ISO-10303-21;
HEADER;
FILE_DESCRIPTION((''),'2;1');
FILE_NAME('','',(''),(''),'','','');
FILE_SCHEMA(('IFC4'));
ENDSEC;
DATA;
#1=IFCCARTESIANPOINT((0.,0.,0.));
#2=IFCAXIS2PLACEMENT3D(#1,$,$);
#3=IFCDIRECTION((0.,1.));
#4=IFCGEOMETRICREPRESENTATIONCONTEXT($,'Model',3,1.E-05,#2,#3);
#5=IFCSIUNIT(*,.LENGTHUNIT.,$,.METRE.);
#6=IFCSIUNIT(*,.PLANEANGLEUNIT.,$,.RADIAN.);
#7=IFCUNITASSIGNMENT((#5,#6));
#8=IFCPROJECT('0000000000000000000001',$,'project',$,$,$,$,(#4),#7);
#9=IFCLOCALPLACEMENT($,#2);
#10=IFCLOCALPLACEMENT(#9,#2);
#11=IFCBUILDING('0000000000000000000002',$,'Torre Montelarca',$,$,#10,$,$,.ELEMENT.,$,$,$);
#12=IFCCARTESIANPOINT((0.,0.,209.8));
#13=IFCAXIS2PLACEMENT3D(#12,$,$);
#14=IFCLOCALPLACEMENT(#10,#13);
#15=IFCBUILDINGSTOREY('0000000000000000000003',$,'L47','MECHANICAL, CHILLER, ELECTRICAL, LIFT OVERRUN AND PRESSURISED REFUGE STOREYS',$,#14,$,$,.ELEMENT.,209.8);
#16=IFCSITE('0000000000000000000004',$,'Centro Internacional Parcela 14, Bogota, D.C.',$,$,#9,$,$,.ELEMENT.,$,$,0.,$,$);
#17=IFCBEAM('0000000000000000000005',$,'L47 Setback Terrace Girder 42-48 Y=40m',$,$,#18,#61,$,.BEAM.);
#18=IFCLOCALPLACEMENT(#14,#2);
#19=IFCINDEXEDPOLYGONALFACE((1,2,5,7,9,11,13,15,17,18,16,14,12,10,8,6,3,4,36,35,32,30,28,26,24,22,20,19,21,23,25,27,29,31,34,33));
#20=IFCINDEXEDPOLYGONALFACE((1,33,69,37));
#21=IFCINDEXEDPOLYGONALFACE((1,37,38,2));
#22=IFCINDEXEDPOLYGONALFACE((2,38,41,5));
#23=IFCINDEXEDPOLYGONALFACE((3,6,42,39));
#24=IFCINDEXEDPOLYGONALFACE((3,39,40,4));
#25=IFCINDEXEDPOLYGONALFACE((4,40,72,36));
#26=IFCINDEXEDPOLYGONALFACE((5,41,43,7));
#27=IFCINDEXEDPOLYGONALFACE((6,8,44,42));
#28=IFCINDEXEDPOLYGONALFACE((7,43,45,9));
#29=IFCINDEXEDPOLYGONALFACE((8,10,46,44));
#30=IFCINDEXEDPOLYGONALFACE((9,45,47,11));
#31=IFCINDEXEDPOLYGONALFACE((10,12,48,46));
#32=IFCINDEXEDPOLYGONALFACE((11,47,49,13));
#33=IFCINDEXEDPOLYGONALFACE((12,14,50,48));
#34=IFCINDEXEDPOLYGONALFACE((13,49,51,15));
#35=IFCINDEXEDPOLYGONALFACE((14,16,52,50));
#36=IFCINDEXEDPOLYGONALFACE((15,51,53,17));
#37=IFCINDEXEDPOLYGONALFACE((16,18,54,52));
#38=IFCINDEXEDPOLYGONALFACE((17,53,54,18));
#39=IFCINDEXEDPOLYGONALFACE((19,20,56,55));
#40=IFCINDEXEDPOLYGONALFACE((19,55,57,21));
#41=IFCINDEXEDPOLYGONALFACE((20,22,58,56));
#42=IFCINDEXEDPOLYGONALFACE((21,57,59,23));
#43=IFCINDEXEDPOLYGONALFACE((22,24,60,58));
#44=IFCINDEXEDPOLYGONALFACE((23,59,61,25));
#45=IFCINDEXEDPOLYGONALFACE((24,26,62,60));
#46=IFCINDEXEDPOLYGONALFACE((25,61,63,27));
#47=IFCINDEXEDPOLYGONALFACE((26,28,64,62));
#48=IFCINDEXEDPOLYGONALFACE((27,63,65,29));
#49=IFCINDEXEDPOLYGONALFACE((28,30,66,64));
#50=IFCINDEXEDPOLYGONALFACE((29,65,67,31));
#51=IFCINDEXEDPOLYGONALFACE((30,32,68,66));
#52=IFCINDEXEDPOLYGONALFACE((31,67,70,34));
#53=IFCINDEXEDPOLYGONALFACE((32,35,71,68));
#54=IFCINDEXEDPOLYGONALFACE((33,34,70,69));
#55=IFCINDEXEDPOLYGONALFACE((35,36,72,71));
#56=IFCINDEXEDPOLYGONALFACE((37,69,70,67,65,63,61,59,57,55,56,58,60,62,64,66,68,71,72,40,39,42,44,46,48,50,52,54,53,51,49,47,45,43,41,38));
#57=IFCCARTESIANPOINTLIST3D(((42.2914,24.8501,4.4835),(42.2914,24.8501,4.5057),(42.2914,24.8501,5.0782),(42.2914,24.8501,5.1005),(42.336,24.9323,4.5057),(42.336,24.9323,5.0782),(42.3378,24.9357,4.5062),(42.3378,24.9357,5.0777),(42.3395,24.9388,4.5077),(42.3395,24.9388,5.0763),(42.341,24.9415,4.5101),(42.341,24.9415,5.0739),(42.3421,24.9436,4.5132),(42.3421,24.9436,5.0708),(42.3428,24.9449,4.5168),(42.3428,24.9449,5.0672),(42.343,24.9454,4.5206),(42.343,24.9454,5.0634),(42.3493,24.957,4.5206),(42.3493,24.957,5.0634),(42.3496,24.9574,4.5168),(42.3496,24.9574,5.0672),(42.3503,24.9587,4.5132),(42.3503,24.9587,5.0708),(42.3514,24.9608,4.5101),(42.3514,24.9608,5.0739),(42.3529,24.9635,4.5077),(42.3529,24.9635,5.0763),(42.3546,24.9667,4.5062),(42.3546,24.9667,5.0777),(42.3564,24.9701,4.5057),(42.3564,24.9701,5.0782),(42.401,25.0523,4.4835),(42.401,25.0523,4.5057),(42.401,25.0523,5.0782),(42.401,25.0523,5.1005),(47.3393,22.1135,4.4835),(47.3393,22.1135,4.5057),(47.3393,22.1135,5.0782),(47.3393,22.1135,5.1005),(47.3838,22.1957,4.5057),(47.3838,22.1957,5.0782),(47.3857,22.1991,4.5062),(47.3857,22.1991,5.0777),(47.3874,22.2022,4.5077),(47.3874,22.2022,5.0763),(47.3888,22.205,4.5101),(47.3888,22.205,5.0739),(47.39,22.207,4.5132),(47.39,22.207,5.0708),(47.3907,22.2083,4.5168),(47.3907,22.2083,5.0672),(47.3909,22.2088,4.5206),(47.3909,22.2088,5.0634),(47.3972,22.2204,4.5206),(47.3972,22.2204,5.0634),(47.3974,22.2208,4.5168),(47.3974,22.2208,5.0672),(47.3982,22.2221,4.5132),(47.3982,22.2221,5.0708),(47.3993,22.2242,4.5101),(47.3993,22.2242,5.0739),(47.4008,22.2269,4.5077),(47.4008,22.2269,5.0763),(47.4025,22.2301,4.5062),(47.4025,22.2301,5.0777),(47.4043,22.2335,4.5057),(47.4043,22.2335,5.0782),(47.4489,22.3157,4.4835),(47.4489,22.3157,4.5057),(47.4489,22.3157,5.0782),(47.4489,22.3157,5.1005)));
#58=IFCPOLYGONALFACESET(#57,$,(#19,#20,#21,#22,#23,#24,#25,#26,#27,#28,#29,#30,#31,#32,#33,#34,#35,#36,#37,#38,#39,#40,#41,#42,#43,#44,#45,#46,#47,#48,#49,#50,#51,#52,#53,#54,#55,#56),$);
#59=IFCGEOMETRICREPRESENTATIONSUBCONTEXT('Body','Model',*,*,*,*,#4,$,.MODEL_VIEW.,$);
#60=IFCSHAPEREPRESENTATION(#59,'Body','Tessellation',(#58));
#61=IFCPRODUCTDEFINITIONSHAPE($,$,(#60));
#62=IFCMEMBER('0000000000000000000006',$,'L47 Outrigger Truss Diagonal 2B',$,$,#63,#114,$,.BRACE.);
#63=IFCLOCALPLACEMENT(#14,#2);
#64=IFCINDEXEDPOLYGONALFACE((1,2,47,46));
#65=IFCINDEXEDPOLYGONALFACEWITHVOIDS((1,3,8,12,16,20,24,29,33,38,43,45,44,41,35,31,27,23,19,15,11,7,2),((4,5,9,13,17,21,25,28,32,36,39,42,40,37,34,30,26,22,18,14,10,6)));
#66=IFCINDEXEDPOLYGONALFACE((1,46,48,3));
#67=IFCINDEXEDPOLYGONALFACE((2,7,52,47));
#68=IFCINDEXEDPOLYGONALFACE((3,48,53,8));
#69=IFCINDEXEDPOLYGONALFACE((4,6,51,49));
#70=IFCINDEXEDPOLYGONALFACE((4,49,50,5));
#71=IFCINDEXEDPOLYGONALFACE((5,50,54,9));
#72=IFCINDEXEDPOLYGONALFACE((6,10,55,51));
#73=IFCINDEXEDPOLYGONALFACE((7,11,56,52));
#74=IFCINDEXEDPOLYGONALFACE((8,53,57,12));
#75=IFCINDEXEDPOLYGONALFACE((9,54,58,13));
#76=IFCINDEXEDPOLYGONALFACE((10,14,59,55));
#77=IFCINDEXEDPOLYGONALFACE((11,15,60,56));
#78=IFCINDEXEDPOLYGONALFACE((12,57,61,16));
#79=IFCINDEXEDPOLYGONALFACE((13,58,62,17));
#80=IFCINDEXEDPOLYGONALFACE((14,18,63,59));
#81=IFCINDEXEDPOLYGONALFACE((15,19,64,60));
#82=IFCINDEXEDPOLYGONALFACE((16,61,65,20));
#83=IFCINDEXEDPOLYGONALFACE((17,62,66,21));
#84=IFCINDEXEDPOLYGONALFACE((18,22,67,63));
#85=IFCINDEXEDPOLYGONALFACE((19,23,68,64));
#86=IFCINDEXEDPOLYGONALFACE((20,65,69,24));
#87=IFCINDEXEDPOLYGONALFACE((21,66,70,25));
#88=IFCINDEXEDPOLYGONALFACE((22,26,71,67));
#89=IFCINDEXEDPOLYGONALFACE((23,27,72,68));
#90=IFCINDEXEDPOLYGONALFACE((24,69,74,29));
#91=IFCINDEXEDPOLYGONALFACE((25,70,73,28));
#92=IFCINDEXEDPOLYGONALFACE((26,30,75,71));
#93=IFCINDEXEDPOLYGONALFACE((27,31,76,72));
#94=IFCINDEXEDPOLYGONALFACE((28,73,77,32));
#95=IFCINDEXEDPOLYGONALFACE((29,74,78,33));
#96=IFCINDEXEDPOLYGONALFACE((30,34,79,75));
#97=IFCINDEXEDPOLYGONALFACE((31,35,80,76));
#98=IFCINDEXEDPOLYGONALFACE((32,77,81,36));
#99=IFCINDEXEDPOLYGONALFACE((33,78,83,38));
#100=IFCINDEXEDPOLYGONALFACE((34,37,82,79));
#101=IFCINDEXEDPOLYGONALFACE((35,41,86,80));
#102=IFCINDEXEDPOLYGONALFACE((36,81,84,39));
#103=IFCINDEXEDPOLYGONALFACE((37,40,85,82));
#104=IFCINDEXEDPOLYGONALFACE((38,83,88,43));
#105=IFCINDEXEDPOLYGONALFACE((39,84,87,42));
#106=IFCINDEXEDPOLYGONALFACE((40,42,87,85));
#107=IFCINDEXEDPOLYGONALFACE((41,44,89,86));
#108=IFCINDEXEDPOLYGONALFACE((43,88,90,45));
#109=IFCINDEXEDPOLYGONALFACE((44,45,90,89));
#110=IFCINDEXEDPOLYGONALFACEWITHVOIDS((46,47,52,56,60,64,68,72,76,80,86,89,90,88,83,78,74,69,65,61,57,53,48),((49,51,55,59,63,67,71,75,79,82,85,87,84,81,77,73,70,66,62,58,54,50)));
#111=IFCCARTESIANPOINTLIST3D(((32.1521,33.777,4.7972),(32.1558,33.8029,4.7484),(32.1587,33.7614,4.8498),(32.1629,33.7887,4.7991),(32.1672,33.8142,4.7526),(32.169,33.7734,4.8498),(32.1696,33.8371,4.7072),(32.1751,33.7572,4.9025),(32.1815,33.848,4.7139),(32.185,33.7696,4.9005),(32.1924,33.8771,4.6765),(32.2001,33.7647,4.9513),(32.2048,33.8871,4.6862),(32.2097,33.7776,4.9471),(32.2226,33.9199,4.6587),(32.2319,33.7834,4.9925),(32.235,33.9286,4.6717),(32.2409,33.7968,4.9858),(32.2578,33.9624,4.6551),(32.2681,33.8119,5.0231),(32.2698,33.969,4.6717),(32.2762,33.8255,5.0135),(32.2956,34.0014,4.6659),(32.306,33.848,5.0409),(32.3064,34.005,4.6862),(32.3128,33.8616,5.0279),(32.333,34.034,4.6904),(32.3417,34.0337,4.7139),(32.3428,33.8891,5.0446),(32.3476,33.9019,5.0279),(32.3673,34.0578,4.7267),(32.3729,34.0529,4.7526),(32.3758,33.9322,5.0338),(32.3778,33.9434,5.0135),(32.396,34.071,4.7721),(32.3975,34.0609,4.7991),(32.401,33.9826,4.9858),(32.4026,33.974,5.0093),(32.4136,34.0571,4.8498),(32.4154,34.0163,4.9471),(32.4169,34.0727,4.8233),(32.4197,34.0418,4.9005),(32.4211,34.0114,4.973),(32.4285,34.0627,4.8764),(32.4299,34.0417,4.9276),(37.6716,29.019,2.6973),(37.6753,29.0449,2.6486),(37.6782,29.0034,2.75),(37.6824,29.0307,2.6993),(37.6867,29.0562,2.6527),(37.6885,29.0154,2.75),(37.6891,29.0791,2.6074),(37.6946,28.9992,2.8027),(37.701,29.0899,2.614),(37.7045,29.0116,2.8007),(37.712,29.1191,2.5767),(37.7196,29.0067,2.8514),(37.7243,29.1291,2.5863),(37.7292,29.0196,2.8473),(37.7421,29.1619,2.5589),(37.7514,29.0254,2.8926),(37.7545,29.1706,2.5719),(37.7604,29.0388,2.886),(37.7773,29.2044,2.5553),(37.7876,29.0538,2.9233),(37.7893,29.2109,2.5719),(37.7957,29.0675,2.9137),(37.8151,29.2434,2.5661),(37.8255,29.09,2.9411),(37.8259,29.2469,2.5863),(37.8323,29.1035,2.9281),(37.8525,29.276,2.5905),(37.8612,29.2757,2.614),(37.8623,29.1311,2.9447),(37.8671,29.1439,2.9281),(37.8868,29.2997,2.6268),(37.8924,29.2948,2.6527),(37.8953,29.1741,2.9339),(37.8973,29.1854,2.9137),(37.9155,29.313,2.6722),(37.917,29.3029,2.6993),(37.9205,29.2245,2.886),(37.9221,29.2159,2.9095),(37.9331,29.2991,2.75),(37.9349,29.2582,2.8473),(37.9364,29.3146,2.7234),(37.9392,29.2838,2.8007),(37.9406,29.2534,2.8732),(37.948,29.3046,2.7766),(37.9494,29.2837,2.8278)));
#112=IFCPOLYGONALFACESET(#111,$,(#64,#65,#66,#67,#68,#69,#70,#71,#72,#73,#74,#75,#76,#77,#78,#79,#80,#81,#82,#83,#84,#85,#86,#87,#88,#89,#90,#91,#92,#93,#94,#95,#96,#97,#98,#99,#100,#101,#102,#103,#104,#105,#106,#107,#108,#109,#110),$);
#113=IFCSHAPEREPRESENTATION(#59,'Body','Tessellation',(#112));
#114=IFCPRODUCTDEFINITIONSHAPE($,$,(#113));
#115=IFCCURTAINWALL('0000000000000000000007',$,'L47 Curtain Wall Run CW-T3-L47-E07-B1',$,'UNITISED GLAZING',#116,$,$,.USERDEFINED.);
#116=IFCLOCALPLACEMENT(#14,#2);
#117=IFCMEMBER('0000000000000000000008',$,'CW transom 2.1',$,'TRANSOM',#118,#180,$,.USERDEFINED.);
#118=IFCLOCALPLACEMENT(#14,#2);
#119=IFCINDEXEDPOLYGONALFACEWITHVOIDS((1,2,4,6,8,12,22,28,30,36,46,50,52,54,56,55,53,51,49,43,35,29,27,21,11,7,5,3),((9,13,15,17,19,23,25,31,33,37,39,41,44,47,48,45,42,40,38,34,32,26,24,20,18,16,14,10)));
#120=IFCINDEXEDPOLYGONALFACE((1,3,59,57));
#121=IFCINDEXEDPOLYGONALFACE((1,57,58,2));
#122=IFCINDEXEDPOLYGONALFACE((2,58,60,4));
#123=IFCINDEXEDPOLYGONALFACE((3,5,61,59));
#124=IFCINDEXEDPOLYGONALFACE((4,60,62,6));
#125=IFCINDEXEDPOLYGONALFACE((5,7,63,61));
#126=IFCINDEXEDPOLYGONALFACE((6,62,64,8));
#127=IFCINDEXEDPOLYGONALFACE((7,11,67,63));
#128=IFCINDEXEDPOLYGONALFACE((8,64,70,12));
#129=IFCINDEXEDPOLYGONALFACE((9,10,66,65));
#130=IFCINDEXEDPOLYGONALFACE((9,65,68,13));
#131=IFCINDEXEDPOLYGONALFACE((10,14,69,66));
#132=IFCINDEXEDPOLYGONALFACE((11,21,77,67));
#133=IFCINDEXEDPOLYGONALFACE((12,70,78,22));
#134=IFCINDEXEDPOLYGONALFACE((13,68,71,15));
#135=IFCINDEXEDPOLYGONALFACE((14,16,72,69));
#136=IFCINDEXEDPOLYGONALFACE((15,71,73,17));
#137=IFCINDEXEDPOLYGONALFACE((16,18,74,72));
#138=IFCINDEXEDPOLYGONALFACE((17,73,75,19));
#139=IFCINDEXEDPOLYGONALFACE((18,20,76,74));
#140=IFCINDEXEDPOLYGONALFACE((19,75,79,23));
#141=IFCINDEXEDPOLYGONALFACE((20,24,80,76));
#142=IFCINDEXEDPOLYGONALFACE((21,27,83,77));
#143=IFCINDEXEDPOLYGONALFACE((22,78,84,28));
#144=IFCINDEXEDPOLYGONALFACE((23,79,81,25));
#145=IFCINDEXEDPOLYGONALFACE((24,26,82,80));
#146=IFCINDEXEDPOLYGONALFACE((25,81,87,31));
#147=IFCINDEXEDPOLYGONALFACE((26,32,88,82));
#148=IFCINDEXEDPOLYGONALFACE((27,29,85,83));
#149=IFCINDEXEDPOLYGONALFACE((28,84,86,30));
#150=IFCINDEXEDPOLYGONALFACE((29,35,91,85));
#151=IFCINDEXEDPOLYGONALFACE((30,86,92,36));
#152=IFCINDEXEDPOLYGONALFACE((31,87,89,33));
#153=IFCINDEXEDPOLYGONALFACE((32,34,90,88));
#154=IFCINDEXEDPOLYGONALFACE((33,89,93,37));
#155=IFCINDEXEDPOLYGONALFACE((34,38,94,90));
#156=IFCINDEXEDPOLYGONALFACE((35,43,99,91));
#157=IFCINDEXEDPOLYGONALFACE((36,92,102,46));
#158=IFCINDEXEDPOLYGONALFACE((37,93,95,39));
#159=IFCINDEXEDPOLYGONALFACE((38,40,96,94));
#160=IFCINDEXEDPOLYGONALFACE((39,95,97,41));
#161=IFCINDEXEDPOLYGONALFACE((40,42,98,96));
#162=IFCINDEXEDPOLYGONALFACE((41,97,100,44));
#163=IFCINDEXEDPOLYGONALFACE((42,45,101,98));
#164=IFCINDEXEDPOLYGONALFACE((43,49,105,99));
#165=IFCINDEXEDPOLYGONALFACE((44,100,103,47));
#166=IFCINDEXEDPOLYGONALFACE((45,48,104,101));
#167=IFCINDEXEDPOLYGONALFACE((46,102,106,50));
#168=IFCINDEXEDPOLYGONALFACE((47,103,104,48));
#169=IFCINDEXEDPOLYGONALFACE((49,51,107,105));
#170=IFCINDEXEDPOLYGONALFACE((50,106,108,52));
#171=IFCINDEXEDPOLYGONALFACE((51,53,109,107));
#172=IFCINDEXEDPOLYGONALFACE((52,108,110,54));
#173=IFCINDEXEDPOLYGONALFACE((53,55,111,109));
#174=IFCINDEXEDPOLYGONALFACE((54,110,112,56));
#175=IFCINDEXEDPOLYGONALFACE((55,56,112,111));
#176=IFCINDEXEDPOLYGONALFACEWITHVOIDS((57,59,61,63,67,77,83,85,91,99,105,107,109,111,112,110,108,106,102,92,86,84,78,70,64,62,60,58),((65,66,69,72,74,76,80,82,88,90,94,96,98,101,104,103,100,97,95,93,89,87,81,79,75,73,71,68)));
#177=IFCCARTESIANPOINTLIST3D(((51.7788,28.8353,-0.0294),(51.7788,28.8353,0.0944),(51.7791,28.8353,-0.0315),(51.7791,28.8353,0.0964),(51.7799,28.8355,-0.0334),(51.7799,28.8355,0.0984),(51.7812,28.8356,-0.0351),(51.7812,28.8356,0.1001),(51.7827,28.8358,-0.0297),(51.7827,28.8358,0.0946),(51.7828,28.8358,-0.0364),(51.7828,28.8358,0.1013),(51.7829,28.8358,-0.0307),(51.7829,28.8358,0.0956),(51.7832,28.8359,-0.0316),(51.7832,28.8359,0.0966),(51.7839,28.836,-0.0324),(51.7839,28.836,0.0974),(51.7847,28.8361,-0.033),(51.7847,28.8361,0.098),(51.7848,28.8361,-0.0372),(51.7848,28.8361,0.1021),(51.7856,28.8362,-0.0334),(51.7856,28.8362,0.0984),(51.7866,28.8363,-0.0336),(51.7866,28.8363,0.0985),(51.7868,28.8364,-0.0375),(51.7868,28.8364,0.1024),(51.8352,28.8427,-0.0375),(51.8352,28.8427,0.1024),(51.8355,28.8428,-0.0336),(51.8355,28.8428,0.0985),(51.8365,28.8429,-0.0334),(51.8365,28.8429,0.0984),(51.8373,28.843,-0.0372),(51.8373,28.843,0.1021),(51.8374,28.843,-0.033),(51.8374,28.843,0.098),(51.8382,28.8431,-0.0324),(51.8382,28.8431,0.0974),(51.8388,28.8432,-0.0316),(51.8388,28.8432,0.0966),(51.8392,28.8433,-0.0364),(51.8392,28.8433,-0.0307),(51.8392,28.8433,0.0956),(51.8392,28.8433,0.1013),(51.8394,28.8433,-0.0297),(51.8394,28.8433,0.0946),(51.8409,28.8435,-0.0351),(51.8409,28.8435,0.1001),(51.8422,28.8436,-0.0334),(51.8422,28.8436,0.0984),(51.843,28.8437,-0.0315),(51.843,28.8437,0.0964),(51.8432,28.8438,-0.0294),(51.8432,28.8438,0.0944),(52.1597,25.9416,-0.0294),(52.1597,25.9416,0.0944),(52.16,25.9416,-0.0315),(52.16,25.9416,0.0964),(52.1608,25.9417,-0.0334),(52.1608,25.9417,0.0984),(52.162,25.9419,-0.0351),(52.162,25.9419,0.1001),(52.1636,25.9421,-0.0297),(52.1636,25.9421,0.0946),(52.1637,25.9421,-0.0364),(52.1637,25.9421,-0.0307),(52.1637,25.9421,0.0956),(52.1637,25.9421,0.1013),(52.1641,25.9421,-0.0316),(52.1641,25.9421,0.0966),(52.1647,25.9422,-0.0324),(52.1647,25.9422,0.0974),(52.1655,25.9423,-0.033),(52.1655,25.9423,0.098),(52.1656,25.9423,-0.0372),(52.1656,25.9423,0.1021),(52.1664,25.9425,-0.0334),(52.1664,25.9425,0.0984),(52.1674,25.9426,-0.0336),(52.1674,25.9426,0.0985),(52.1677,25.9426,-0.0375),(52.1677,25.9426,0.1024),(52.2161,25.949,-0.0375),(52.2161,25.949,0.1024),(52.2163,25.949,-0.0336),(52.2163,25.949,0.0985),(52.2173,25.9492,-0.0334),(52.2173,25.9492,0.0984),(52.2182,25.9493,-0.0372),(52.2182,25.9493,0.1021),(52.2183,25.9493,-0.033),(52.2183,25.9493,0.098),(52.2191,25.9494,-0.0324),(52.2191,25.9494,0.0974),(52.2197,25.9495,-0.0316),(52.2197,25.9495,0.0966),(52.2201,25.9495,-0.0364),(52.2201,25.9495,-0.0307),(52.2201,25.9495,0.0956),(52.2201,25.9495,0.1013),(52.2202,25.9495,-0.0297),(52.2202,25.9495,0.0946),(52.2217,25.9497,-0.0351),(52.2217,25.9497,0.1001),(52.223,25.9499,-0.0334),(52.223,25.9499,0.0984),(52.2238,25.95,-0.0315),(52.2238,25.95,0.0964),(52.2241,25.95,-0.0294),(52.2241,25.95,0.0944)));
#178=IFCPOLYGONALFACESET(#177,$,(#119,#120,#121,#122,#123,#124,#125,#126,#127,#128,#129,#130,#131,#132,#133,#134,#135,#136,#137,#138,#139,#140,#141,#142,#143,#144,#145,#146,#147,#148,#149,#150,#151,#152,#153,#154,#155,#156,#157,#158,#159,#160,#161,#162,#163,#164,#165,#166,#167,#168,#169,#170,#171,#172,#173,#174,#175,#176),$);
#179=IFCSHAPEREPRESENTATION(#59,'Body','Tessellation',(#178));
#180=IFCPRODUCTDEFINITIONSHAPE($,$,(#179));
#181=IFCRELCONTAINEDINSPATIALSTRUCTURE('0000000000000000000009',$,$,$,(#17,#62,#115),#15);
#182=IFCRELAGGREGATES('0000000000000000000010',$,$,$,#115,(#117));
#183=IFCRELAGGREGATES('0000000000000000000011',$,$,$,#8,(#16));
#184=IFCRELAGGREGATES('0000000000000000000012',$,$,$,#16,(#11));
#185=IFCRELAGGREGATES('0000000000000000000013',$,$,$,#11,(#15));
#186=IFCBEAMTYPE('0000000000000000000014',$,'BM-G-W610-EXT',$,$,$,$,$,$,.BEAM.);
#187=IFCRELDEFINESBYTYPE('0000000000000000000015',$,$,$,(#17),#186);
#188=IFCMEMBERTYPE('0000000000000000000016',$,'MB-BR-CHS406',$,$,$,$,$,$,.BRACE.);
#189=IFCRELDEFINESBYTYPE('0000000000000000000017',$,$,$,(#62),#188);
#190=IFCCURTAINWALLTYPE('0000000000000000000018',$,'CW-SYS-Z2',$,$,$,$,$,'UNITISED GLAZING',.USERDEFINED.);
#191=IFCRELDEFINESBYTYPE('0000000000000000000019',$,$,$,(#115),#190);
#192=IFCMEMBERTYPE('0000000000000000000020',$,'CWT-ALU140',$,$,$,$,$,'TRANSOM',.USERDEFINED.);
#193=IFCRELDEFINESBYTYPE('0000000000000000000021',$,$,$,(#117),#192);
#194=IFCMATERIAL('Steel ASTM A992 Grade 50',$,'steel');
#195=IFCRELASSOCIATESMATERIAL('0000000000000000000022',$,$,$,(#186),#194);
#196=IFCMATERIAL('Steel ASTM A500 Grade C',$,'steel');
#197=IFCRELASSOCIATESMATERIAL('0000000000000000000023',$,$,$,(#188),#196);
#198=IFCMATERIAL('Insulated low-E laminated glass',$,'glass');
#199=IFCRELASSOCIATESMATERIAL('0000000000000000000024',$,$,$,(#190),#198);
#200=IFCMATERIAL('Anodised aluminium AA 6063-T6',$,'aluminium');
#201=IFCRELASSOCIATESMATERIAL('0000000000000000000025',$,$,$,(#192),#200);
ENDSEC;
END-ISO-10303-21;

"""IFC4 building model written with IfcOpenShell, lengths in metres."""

from ifc_helpers import new_model, si_unit, direction, frame, origin, origin_2d, place, context, subcontext, project, spatial, hollow_rectangle, hollow_circle, i_section, extrude, source, transform, mapped, material, material_profile, profile_set, type_object, element, aggregate, save


model = new_model("IFC4")

# Units and contexts
model_context = context("Model", 3, precision=1e-05, world=origin(), true_north=direction((0.0, 1.0)))
body_context = subcontext(model_context, "Body", "Model", "MODEL_VIEW")
ifc_project = project(units=[si_unit("LENGTHUNIT", "METRE"), si_unit("PLANEANGLEUNIT", "RADIAN")], contexts=[model_context])

# Site, building, storey
site_placement = place(None, origin())
site = spatial("IfcSite", under=ifc_project, at=site_placement, Name="Centro Internacional Parcela 14, Bogota, D.C.", CompositionType="ELEMENT", RefElevation=0.0)
building_placement = place(site_placement, origin())
building = spatial("IfcBuilding", under=site, at=building_placement, Name="Torre Montelarca", CompositionType="ELEMENT")
storey_placement = place(building_placement, frame((0.0, 0.0, 209.8)))
storey = spatial("IfcBuildingStorey", under=building, at=storey_placement, Name="L47", Description="MECHANICAL, CHILLER, ELECTRICAL, LIFT OVERRUN AND PRESSURISED REFUGE STOREYS", CompositionType="ELEMENT", Elevation=209.8)

# Shared definitions
ifc_material_1 = material(Name="Steel ASTM A992 Grade 50", Category="steel")

# Beam
ifc_material_profile_1 = material_profile(ifc_material_1, i_section(OverallWidth=0.23, OverallDepth=0.6169, WebThickness=0.0132, FlangeThickness=0.0222, FilletRadius=0.0149, at=origin_2d()), Name="W610X140", Category="steel")
ifc_profile_set_1 = profile_set([ifc_material_profile_1], Name="Steel ASTM A992 Grade 50")
beam_type_1 = type_object("IfcBeamType", Name="BM-G-W610-EXT", PredefinedType="BEAM", material=ifc_profile_set_1)
shared_shape_1 = source(origin(), body_context, "Body", "SweptSolid", [
    extrude(i_section(OverallWidth=0.23, OverallDepth=0.6169, WebThickness=0.0132, FlangeThickness=0.0222, FilletRadius=0.0149, at=origin_2d()), origin(), (0.0, 0.0, 1.0), 5.7419),
])
beam_1_placement = place(storey_placement, frame((42.3462, 24.9512, 4.792), z_axis=(0.879123, -0.476595, 0.0), x_axis=(0.476595, 0.879123, 0.0)))
element("IfcBeam", 1, at=beam_1_placement, inside=storey, type_object=beam_type_1, Name="L47 Setback Terrace Girder 42-48 Y=40m", PredefinedType="BEAM", context=body_context, shape_type="MappedRepresentation", body=[
    mapped(shared_shape_1, transform((0.0, 0.0, 0.0), scale=1.0)),
])

# Member
ifc_material_2 = material(Name="Steel ASTM A500 Grade C", Category="steel")
ifc_material_profile_2 = material_profile(ifc_material_2, hollow_circle(Radius=0.2031, WallThickness=0.0159, at=origin_2d()), Name="HSS406.4X15.9", Category="steel")
ifc_profile_set_2 = profile_set([ifc_material_profile_2], Name="Steel ASTM A500 Grade C")
member_type_1 = type_object("IfcMemberType", Name="MB-BR-CHS406", PredefinedType="BRACE", material=ifc_profile_set_2)
shared_shape_2 = source(origin(), body_context, "Body", "SweptSolid", [
    extrude(hollow_circle(Radius=0.2031, WallThickness=0.0159, at=origin_2d()), origin(), (0.0, 0.0, 1.0), 7.5837),
])
member_1_placement = place(storey_placement, frame((37.8108, 29.1572, 2.75), z_axis=(-0.727807, 0.627399, 0.276887), x_axis=(-0.652927, -0.757421, 0.0)))
element("IfcMember", 2, at=member_1_placement, inside=storey, type_object=member_type_1, Name="L47 Outrigger Truss Diagonal 2B", PredefinedType="BRACE", context=body_context, shape_type="MappedRepresentation", body=[
    mapped(shared_shape_2, transform((0.0, 0.0, 0.0), scale=1.0)),
])

# Curtain wall, member
ifc_material_3 = material(Name="Insulated low-E laminated glass", Category="glass")
curtain_wall_type = type_object("IfcCurtainWallType", Name="CW-SYS-Z2", ElementType="UNITISED GLAZING", PredefinedType="USERDEFINED", material=ifc_material_3)
curtain_wall_1_placement = place(storey_placement, origin())
curtain_wall_1 = element("IfcCurtainWall", 3, at=curtain_wall_1_placement, inside=storey, type_object=curtain_wall_type, Name="L47 Curtain Wall Run CW-T3-L47-E07-B1", ObjectType="UNITISED GLAZING", PredefinedType="USERDEFINED")
ifc_material_4 = material(Name="Anodised aluminium AA 6063-T6", Category="aluminium")
ifc_material_profile_3 = material_profile(ifc_material_4, hollow_rectangle(XDim=0.0649, YDim=0.1399, WallThickness=0.0039, InnerFilletRadius=0.0039, OuterFilletRadius=0.0081, at=origin_2d()), Name="ALU65X140X4", Category="aluminium")
ifc_profile_set_3 = profile_set([ifc_material_profile_3], Name="Anodised aluminium AA 6063-T6")
member_type_2 = type_object("IfcMemberType", Name="CWT-ALU140", ElementType="TRANSOM", PredefinedType="USERDEFINED", material=ifc_profile_set_3)
shared_shape_3 = source(origin(), body_context, "Body", "SweptSolid", [
    extrude(hollow_rectangle(XDim=0.0649, YDim=0.1399, WallThickness=0.0039, InnerFilletRadius=0.0039, OuterFilletRadius=0.0081, at=origin_2d()), origin(), (0.0, 0.0, 1.0), 2.9187),
])
member_2_placement = place(storey_placement, frame((52.1919, 25.9458, 0.0325), z_axis=(-0.130487, 0.99145, 0.0), x_axis=(-0.99145, -0.130487, 0.0)))
member_2 = element("IfcMember", 4, at=member_2_placement, type_object=member_type_2, Name="CW transom 2.1", ObjectType="TRANSOM", PredefinedType="USERDEFINED", context=body_context, shape_type="MappedRepresentation", body=[
    mapped(shared_shape_3, transform((0.0, 0.0, 0.0), scale=1.0)),
])

aggregate(curtain_wall_1, [member_2])

save(model, "model.ifc")
